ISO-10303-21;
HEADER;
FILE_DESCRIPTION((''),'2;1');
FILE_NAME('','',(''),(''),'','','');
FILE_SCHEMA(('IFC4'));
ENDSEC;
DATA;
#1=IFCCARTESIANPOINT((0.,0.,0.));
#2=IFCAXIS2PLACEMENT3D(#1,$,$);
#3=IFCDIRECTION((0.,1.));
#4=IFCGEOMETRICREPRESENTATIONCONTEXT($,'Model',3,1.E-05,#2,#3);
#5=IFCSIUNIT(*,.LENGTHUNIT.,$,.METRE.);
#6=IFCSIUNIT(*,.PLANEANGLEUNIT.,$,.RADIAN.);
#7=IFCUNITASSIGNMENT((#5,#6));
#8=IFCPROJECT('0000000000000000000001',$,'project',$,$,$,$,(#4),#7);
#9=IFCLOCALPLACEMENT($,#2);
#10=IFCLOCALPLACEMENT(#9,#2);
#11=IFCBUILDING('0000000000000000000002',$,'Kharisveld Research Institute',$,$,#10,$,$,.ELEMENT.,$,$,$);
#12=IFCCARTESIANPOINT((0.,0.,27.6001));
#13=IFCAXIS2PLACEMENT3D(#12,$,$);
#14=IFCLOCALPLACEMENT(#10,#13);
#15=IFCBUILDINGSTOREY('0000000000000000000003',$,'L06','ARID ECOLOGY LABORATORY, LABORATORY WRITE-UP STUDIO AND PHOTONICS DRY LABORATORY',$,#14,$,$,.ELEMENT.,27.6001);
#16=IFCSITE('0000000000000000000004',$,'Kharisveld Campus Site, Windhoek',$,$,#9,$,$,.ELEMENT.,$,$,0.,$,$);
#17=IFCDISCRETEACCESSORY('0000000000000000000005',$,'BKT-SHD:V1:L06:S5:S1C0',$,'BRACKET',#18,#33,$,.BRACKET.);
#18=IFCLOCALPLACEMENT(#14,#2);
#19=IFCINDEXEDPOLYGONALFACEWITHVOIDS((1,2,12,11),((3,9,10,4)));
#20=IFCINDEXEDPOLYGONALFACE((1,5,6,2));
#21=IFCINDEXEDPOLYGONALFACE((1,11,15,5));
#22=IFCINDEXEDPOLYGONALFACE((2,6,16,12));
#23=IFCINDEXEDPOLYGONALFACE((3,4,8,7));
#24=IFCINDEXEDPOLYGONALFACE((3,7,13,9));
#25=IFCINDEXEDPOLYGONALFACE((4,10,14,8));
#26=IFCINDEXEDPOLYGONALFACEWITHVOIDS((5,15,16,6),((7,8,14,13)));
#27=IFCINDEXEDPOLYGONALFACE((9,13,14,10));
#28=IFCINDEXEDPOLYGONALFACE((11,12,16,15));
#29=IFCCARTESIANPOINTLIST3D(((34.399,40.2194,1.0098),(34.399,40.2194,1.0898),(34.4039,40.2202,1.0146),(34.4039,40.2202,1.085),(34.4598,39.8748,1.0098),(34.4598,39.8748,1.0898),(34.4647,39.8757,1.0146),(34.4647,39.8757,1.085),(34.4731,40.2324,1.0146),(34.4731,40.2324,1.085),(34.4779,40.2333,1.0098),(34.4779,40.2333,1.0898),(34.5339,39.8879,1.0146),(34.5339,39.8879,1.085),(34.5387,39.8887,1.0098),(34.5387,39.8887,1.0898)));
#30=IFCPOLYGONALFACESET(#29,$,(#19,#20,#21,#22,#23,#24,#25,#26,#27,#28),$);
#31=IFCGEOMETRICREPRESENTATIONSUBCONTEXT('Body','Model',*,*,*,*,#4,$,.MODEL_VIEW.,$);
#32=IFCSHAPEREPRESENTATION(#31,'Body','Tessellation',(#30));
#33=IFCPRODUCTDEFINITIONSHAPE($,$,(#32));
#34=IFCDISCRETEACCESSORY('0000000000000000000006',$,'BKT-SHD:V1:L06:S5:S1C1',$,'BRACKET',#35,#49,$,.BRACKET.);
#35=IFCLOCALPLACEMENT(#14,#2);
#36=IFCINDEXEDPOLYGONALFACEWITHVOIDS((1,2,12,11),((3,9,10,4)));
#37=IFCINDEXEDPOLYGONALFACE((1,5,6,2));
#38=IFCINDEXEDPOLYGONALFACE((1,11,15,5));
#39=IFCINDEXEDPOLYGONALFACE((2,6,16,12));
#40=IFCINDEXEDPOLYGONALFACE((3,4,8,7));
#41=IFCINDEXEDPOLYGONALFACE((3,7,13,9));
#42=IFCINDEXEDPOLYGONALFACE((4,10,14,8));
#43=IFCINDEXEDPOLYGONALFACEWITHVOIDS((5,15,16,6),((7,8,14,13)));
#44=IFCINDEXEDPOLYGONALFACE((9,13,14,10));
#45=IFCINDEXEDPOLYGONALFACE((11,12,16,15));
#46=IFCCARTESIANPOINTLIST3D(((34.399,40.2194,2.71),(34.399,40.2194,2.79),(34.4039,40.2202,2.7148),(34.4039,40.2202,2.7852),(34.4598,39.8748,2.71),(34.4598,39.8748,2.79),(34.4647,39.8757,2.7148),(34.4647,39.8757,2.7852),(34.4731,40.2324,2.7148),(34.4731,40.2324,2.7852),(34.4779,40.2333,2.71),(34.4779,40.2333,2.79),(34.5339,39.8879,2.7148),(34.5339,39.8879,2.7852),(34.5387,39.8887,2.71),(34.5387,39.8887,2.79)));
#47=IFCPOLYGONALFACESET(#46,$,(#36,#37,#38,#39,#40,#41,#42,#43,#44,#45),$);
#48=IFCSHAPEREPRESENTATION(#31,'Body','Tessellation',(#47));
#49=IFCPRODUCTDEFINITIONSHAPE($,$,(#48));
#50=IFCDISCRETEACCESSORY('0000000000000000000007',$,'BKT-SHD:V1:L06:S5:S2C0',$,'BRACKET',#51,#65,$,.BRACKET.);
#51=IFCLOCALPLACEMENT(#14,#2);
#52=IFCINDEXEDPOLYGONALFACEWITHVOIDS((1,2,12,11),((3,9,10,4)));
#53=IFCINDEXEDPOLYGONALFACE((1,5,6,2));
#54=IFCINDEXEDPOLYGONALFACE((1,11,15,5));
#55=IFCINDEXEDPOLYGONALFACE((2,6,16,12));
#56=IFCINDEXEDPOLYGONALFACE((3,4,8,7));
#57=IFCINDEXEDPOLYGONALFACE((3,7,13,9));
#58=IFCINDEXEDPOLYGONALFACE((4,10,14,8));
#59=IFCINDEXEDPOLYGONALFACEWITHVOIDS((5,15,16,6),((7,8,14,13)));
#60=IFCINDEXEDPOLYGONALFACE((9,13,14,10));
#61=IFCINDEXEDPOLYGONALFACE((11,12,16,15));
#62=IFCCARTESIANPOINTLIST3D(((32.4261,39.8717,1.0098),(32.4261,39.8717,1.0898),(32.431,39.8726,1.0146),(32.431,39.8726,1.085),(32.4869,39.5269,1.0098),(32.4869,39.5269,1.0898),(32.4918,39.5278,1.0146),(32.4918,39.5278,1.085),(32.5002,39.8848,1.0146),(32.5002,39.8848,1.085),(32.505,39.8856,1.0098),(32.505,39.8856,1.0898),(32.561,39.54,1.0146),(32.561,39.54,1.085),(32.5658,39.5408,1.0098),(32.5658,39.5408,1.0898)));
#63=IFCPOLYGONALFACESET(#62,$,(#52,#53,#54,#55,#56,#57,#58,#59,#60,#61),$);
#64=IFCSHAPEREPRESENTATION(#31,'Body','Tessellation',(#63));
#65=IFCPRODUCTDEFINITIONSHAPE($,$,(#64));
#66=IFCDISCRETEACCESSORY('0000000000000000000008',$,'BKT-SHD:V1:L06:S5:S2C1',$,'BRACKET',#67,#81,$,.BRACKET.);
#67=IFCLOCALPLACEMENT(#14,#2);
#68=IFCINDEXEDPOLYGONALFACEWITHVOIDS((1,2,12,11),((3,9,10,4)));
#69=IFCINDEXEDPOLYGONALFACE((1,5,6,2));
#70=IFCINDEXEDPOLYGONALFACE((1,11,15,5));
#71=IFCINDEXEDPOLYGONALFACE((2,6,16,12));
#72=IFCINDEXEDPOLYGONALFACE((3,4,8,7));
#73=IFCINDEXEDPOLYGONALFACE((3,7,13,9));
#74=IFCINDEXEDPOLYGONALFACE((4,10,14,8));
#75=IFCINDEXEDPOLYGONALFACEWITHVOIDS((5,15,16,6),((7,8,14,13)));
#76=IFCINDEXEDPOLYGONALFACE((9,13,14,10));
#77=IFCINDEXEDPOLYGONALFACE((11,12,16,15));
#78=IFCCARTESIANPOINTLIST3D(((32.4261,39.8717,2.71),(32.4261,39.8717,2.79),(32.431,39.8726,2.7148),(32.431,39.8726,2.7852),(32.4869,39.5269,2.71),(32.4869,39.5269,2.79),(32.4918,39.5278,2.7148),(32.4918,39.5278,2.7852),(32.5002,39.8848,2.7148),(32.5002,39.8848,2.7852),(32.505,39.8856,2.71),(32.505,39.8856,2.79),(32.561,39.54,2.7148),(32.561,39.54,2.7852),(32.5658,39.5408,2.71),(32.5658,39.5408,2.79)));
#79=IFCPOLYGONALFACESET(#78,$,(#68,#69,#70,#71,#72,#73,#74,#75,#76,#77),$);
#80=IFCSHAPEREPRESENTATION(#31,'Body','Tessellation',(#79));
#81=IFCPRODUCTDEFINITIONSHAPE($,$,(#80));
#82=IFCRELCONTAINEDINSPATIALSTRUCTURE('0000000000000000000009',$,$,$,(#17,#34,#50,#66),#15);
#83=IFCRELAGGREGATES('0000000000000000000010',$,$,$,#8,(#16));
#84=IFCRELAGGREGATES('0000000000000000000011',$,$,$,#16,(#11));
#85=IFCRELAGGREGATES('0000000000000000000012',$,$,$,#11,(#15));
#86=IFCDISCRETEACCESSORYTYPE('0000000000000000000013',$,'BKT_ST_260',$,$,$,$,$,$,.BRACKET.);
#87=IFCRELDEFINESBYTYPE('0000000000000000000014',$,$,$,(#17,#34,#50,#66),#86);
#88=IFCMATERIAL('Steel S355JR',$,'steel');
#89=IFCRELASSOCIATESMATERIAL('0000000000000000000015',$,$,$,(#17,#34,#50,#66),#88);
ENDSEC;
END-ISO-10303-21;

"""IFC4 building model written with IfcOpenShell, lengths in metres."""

from ifc_helpers import new_model, si_unit, direction, frame, origin, origin_2d, place, context, subcontext, project, spatial, hollow_rectangle, extrude, material, type_object, element, save


model = new_model("IFC4")

# Units and contexts
model_context = context("Model", 3, precision=1e-05, world=origin(), true_north=direction((0.0, 1.0)))
body_context = subcontext(model_context, "Body", "Model", "MODEL_VIEW")
ifc_project = project(units=[si_unit("LENGTHUNIT", "METRE"), si_unit("PLANEANGLEUNIT", "RADIAN")], contexts=[model_context])

# Site, building, storey
site_placement = place(None, origin())
site = spatial("IfcSite", under=ifc_project, at=site_placement, Name="Kharisveld Campus Site, Windhoek", CompositionType="ELEMENT", RefElevation=0.0)
building_placement = place(site_placement, origin())
building = spatial("IfcBuilding", under=site, at=building_placement, Name="Kharisveld Research Institute", CompositionType="ELEMENT")
storey_placement = place(building_placement, frame((0.0, 0.0, 27.6001)))
storey = spatial("IfcBuildingStorey", under=building, at=storey_placement, Name="L06", Description="ARID ECOLOGY LABORATORY, LABORATORY WRITE-UP STUDIO AND PHOTONICS DRY LABORATORY", CompositionType="ELEMENT", Elevation=27.6001)

# Discrete accessories
ifc_material_1 = material(Name="Steel S355JR", Category="steel")
discrete_accessory_type = type_object("IfcDiscreteAccessoryType", Name="BKT_ST_260", PredefinedType="BRACKET")
for number, where, z_axis, x_axis, name in (
    (1, (34.4385, 40.2263, 1.0498), (0.173785, -0.984784, 0.0), (0.984784, 0.173785, 0.0), "BKT-SHD:V1:L06:S5:S1C0"),
    (2, (34.4385, 40.2263, 2.75), (0.173785, -0.984784, 0.0), (0.984784, 0.173785, 0.0), "BKT-SHD:V1:L06:S5:S1C1"),
):
    element("IfcDiscreteAccessory", number, at=place(storey_placement, frame(where, z_axis=z_axis, x_axis=x_axis)), inside=storey, type_object=discrete_accessory_type, material=ifc_material_1, Name=name, ObjectType="BRACKET", PredefinedType="BRACKET", context=body_context, shape_type="SweptSolid", body=[
        extrude(hollow_rectangle(XDim=0.0801, YDim=0.0801, WallThickness=0.0049, at=origin_2d()), origin(), (0.0, 0.0, 1.0), 0.3499),
    ])
for number, where, z_axis, x_axis, name in (
    (3, (32.4656, 39.8787, 1.0498), (0.173666, -0.984805, 0.0), (0.984805, 0.173666, 0.0), "BKT-SHD:V1:L06:S5:S2C0"),
    (4, (32.4656, 39.8787, 2.75), (0.173666, -0.984805, 0.0), (0.984805, 0.173666, 0.0), "BKT-SHD:V1:L06:S5:S2C1"),
):
    element("IfcDiscreteAccessory", number, at=place(storey_placement, frame(where, z_axis=z_axis, x_axis=x_axis)), inside=storey, type_object=discrete_accessory_type, material=ifc_material_1, Name=name, ObjectType="BRACKET", PredefinedType="BRACKET", context=body_context, shape_type="SweptSolid", body=[
        extrude(hollow_rectangle(XDim=0.0801, YDim=0.0801, WallThickness=0.0049, at=origin_2d()), origin(), (0.0, 0.0, 1.0), 0.3501),
    ])

save(model, "model.ifc")
